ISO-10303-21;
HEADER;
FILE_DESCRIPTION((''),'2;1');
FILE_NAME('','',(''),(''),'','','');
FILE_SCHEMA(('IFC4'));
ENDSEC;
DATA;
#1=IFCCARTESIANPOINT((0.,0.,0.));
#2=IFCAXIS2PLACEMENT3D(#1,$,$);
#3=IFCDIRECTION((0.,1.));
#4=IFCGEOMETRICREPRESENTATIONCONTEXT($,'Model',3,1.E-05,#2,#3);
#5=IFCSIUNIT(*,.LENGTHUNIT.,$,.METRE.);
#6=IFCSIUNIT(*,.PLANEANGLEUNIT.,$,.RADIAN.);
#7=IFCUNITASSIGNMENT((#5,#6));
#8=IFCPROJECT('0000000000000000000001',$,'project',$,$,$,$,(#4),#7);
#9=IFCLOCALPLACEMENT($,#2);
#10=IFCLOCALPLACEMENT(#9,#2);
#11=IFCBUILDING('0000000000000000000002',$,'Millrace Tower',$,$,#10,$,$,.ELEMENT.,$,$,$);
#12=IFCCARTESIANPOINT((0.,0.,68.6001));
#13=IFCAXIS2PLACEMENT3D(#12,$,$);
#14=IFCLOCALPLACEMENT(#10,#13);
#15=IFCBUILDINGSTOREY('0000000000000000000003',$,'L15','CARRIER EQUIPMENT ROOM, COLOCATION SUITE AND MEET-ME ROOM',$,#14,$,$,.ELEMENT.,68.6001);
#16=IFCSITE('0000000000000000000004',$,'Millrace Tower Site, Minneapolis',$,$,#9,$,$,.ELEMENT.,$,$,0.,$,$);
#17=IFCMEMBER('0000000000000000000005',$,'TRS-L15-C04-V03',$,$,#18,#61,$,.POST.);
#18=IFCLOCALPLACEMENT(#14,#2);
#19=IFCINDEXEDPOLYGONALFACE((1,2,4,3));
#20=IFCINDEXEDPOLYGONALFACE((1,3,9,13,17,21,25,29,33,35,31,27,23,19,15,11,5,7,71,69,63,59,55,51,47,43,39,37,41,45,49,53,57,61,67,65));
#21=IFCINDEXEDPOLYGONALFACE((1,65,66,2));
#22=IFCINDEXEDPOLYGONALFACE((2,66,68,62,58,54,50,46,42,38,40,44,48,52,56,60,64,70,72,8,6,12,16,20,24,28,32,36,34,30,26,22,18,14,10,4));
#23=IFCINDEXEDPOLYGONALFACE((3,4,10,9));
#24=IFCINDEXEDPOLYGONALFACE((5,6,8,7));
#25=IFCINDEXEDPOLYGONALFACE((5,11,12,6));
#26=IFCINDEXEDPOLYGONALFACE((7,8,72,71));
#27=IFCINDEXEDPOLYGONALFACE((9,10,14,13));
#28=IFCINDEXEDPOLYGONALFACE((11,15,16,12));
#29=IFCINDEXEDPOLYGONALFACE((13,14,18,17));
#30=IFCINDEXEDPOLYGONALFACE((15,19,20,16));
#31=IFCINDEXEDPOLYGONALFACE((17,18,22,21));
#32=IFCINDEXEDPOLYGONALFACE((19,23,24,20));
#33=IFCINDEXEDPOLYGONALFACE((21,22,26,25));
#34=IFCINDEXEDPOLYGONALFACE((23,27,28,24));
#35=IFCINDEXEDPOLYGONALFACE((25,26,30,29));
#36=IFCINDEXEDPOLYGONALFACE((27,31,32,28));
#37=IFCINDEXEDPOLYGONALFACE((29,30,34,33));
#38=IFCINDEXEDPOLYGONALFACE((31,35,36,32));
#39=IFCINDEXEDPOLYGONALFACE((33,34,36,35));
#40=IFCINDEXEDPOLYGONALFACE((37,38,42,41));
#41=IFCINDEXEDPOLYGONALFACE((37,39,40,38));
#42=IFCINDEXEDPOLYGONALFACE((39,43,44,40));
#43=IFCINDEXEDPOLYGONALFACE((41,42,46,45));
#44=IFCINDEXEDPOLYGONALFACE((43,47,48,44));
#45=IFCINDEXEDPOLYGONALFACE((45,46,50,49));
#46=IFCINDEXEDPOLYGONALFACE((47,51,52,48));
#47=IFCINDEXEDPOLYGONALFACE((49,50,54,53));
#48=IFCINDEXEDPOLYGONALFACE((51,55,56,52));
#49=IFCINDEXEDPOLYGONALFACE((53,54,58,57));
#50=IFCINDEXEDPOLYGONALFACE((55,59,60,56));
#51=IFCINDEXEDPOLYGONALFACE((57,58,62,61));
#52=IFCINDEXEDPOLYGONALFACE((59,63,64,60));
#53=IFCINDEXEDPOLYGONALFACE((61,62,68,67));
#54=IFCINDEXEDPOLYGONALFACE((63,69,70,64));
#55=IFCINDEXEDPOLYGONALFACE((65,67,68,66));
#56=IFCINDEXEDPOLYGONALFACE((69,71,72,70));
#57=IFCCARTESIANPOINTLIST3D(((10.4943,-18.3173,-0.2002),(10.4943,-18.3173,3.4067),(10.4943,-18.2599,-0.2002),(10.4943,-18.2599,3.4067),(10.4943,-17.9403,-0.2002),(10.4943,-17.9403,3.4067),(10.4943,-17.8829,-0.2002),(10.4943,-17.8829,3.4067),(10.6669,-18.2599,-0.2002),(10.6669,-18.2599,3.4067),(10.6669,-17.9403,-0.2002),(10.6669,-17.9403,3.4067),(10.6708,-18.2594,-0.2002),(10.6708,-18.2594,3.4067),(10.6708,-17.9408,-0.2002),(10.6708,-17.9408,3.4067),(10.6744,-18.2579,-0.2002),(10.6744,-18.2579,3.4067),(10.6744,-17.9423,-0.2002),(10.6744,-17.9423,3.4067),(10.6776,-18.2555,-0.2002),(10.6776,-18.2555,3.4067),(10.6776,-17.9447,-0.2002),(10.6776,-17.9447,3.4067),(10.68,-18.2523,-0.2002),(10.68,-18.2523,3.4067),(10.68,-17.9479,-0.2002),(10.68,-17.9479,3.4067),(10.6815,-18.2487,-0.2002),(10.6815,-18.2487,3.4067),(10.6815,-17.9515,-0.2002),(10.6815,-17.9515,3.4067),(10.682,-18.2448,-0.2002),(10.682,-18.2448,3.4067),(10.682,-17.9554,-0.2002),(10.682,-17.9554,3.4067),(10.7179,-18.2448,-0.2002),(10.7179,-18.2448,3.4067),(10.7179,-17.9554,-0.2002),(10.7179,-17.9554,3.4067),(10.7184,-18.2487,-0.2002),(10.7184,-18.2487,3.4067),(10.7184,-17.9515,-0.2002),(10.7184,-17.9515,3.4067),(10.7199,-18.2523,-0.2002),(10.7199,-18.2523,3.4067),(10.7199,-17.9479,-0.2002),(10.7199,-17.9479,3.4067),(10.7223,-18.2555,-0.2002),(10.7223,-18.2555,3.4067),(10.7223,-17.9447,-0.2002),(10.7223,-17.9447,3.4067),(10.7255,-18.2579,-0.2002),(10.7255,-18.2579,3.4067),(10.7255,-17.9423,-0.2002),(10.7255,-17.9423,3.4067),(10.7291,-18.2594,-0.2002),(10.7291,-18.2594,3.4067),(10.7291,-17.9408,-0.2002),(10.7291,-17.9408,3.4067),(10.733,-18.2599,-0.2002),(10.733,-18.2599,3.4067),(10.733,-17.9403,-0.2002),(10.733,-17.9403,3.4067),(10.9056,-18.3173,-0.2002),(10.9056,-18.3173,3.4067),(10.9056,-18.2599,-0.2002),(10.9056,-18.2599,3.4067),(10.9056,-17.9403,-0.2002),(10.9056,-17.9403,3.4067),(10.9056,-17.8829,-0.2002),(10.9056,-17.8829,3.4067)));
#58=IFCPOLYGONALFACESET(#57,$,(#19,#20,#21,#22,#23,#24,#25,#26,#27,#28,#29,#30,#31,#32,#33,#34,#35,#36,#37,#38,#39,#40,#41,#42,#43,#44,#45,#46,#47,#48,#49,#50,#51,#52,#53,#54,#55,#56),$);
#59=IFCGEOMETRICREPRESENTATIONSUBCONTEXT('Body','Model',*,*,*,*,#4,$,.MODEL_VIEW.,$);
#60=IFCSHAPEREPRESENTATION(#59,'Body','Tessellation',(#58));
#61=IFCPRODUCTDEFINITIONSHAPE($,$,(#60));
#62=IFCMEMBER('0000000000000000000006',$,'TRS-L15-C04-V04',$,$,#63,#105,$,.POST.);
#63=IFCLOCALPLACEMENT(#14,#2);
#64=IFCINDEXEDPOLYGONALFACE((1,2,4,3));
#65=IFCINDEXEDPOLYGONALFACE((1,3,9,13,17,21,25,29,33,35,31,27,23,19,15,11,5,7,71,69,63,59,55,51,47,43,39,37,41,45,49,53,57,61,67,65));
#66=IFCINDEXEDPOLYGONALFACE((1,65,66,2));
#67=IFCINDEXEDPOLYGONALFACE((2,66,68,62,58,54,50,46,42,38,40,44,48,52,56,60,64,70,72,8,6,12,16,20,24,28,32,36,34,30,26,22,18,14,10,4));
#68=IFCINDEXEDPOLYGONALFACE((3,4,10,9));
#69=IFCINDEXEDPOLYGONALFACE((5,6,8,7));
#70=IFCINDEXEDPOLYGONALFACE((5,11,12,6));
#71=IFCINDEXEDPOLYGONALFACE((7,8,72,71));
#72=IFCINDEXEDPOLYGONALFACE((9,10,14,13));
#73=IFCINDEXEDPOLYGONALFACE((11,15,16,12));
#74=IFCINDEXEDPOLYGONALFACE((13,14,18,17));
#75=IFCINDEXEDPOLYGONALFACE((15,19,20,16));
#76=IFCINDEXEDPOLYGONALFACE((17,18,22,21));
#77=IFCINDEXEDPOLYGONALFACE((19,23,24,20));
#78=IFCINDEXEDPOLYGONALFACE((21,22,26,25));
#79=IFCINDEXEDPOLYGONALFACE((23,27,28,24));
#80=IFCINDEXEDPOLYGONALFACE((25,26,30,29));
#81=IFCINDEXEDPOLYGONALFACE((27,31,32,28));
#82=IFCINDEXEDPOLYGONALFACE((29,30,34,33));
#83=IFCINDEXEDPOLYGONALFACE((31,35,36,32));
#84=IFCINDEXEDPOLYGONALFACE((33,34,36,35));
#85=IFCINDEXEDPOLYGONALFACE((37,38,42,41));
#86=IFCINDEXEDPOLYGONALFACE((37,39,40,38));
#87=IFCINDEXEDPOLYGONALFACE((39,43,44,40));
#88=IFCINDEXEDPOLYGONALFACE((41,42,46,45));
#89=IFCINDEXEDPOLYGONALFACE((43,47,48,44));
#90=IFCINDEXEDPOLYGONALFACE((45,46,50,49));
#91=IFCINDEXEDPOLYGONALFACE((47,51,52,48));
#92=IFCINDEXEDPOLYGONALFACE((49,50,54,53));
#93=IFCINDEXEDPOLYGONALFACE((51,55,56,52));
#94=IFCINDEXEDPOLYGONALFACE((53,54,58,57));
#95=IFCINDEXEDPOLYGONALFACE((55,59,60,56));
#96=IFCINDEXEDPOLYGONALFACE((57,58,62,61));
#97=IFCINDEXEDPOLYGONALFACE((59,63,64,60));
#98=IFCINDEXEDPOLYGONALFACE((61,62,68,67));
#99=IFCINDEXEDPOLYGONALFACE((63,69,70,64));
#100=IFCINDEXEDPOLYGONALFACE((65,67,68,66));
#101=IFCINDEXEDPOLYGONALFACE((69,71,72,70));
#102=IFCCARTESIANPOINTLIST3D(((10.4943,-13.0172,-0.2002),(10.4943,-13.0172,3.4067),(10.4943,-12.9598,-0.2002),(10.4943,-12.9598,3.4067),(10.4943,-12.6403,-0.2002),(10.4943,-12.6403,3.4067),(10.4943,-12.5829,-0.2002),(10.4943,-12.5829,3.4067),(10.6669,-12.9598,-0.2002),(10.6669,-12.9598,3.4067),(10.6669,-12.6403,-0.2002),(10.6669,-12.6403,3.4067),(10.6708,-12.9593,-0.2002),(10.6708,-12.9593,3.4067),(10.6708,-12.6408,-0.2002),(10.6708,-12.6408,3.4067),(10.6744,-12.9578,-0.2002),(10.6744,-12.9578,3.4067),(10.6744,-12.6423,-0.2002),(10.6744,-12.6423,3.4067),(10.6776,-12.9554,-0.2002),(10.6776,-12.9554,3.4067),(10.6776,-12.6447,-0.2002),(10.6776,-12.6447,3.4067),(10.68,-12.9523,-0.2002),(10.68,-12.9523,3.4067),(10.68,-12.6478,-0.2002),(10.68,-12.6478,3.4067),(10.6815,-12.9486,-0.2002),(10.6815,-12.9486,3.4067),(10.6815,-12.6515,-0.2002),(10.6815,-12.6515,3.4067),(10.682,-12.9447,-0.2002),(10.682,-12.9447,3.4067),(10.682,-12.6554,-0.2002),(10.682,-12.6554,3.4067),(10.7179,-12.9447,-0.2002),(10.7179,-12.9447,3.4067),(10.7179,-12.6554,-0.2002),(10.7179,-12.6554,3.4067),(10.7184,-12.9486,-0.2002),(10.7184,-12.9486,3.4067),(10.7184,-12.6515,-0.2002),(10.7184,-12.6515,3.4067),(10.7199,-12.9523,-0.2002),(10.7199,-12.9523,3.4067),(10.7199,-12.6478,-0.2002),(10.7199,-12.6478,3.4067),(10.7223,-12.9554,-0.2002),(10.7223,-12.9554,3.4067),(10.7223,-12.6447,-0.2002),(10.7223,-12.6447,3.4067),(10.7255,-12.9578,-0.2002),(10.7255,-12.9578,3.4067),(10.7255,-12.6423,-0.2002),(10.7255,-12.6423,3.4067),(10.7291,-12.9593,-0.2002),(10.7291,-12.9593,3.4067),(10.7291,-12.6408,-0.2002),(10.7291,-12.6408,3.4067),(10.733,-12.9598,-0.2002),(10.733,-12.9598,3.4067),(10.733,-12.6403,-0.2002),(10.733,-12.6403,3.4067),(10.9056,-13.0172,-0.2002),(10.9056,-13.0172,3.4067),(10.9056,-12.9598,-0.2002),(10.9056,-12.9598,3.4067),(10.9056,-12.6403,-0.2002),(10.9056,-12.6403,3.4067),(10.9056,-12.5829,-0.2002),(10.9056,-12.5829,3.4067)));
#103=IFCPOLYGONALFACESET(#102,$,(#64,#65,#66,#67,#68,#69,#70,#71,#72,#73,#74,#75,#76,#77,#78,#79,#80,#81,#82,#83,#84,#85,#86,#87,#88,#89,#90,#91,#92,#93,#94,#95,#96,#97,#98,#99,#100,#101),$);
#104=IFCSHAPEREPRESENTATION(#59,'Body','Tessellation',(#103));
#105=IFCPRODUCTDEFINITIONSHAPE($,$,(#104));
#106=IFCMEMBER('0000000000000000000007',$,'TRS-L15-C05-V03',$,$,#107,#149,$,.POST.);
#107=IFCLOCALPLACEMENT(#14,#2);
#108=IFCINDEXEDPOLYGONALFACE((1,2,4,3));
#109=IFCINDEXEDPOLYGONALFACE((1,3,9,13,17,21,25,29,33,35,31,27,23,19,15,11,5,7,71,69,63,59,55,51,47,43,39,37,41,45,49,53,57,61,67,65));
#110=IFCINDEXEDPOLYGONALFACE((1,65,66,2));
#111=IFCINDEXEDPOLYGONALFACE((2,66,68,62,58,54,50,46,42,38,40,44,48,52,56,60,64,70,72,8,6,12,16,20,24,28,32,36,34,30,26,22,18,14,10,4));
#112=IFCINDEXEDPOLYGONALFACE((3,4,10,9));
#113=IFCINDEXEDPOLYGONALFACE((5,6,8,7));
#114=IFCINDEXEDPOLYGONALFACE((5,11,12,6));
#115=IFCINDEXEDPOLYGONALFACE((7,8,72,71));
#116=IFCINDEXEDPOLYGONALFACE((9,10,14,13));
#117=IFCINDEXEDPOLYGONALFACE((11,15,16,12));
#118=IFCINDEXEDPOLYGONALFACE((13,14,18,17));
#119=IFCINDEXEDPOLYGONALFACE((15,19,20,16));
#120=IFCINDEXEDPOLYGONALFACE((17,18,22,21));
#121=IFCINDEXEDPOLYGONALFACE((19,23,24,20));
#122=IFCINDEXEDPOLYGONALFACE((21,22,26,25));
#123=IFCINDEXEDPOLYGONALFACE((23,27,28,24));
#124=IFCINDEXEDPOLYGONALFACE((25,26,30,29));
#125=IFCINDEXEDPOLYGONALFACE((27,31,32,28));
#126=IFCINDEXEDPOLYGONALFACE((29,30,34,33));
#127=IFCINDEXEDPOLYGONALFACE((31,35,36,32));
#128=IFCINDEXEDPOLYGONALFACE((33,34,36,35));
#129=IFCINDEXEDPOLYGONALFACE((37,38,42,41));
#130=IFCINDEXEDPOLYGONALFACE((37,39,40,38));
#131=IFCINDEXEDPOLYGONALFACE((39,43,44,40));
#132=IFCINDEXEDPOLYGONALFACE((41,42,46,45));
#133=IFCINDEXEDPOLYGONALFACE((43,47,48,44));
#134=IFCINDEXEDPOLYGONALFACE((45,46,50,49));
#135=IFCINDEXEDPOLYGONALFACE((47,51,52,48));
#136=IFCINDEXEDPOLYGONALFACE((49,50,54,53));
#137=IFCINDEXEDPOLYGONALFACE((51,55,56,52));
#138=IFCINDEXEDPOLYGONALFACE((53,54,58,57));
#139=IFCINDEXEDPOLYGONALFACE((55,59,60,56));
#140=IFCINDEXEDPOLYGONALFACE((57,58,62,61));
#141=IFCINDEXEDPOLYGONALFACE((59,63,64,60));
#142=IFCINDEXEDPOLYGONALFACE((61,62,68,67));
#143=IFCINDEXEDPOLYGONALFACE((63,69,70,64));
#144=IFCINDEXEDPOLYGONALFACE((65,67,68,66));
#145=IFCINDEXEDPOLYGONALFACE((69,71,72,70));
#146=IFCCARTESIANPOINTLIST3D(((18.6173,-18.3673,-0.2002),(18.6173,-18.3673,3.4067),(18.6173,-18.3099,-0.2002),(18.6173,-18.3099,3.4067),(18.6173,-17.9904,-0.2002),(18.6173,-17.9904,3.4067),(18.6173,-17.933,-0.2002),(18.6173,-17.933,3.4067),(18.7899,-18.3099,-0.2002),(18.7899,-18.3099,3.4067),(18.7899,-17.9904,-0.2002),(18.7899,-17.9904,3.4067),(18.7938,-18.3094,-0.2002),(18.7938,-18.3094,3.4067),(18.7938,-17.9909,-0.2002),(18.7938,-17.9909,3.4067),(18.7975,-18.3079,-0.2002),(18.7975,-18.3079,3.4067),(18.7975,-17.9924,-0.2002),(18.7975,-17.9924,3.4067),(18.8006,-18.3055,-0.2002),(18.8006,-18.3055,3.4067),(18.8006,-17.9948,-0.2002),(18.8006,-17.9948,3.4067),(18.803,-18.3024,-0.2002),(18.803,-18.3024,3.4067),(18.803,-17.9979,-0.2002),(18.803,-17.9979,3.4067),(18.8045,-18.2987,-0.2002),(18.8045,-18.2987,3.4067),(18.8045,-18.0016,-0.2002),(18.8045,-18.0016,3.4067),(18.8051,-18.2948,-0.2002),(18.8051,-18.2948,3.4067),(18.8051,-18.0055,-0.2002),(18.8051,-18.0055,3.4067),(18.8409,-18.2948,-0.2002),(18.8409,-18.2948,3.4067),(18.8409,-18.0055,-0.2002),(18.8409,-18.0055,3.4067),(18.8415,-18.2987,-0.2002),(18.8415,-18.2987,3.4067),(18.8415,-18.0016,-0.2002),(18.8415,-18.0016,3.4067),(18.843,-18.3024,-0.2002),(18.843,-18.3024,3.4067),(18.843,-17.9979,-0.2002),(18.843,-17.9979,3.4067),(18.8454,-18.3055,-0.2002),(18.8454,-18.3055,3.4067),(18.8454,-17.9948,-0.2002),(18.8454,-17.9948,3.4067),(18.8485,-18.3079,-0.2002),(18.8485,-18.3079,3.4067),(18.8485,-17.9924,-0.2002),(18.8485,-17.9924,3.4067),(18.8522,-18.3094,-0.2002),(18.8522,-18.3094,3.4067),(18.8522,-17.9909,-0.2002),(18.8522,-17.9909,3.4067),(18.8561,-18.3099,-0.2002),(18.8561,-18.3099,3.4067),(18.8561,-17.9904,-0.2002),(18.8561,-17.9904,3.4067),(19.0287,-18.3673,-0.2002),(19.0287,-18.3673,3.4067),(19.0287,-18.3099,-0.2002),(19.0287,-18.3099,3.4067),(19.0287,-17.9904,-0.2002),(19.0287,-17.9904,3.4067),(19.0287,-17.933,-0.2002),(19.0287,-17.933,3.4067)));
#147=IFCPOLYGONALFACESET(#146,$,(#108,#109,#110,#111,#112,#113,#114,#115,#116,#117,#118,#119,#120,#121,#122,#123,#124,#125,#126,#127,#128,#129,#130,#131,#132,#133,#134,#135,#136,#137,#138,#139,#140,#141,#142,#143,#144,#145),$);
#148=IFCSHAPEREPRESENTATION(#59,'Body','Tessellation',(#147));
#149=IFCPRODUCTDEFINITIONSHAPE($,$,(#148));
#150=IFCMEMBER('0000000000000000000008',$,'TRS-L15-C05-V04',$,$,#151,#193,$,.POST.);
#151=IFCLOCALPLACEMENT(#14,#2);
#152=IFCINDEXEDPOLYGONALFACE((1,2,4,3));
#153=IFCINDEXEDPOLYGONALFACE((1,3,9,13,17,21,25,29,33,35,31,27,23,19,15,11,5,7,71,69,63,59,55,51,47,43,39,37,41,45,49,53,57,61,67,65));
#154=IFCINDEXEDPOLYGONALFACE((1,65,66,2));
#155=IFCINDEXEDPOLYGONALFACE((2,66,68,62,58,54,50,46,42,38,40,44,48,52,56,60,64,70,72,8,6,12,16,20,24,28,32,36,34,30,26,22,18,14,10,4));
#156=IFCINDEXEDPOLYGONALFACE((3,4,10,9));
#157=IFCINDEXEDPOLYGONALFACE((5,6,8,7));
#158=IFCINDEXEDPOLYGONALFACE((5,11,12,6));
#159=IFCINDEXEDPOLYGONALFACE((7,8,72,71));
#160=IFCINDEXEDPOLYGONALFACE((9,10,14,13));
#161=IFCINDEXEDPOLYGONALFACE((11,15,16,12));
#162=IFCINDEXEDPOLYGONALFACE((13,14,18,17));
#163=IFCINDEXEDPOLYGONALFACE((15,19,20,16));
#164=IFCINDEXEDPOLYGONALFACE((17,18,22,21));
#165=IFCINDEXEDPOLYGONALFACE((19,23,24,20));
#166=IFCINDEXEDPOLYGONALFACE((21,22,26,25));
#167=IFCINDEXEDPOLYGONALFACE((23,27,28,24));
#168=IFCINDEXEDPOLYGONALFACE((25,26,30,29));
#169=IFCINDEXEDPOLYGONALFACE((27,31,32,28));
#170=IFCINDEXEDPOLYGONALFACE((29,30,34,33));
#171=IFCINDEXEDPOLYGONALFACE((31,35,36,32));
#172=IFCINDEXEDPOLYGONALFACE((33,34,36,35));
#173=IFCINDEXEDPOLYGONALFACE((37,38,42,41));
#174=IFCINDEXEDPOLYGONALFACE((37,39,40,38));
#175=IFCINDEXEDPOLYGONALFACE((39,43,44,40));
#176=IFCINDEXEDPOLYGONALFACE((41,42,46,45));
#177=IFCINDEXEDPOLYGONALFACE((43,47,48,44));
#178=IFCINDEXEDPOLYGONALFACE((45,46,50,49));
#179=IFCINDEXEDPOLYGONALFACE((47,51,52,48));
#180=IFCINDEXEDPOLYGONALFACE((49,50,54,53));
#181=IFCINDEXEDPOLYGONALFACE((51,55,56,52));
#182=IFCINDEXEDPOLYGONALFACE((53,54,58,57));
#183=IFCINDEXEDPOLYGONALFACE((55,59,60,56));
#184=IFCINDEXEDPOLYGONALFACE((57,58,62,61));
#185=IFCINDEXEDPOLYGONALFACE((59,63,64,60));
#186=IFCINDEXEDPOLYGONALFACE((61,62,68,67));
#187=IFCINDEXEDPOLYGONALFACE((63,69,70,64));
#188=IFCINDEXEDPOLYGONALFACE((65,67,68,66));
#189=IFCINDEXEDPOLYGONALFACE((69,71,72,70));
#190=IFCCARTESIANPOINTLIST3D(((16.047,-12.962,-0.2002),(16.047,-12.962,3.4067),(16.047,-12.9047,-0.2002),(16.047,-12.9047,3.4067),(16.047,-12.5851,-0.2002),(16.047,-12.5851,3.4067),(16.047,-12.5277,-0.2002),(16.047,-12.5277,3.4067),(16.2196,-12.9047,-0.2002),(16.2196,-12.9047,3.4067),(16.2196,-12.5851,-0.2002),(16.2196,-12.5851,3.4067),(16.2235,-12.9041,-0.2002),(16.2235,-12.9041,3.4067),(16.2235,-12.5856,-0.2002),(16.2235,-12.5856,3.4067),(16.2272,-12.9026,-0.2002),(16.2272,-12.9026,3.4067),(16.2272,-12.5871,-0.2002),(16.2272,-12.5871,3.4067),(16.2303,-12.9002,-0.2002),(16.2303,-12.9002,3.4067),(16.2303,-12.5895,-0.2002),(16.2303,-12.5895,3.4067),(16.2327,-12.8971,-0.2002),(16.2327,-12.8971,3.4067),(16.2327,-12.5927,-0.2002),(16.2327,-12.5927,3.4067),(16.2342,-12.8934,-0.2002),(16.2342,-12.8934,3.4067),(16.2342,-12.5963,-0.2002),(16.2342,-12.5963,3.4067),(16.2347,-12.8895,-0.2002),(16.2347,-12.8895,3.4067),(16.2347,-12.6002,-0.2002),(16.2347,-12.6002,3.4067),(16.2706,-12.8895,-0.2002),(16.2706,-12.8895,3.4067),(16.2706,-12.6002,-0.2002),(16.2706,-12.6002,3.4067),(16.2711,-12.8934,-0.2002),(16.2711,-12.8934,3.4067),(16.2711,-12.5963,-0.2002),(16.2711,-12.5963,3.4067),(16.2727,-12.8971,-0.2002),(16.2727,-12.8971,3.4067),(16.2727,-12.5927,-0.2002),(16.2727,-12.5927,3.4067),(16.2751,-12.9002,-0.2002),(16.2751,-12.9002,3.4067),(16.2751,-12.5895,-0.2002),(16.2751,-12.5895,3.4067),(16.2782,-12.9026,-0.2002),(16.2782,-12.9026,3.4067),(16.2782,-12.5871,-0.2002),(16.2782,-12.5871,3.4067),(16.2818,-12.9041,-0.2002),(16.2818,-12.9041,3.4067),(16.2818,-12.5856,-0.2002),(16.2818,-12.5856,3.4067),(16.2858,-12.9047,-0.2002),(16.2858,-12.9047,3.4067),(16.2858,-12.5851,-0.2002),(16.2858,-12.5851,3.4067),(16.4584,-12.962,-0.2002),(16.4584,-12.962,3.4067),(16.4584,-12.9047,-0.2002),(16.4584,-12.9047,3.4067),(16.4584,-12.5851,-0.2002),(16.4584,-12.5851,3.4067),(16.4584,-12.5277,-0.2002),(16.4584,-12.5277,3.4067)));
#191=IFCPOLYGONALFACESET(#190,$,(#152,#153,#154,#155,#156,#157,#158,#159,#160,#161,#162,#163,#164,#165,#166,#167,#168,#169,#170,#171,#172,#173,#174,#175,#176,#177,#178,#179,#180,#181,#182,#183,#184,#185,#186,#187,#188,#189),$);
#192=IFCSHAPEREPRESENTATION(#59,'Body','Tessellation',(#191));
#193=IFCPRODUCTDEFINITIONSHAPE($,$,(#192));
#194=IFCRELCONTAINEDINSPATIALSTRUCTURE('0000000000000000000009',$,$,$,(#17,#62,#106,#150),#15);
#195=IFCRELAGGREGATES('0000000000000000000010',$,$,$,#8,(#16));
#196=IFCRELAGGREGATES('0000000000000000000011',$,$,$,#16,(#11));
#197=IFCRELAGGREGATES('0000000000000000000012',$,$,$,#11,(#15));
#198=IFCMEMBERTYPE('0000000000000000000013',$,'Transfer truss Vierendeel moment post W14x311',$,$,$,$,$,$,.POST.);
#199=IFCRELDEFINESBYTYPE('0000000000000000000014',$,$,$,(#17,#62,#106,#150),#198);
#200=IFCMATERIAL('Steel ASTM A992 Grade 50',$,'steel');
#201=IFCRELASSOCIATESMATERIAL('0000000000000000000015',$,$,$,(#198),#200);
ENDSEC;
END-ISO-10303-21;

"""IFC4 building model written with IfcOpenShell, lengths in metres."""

from ifc_helpers import new_model, si_unit, direction, frame, origin, origin_2d, place, context, subcontext, project, spatial, i_section, extrude, material, material_profile, profile_set, type_object, element, save


model = new_model("IFC4")

# Units and contexts
model_context = context("Model", 3, precision=1e-05, world=origin(), true_north=direction((0.0, 1.0)))
body_context = subcontext(model_context, "Body", "Model", "MODEL_VIEW")
ifc_project = project(units=[si_unit("LENGTHUNIT", "METRE"), si_unit("PLANEANGLEUNIT", "RADIAN")], contexts=[model_context])

# Site, building, storey
site_placement = place(None, origin())
site = spatial("IfcSite", under=ifc_project, at=site_placement, Name="Millrace Tower Site, Minneapolis", CompositionType="ELEMENT", RefElevation=0.0)
building_placement = place(site_placement, origin())
building = spatial("IfcBuilding", under=site, at=building_placement, Name="Millrace Tower", CompositionType="ELEMENT")
storey_placement = place(building_placement, frame((0.0, 0.0, 68.6001)))
storey = spatial("IfcBuildingStorey", under=building, at=storey_placement, Name="L15", Description="CARRIER EQUIPMENT ROOM, COLOCATION SUITE AND MEET-ME ROOM", CompositionType="ELEMENT", Elevation=68.6001)

# Members
ifc_material_1 = material(Name="Steel ASTM A992 Grade 50", Category="steel")
ifc_material_profile_1 = material_profile(ifc_material_1, i_section(OverallWidth=0.4114, OverallDepth=0.4343, WebThickness=0.0359, FlangeThickness=0.0574, FilletRadius=0.0151, at=origin_2d()))
ifc_profile_set_1 = profile_set([ifc_material_profile_1], Name="Steel ASTM A992 Grade 50")
member_type = type_object("IfcMemberType", Name="Transfer truss Vierendeel moment post W14x311", PredefinedType="POST", material=ifc_profile_set_1)
for number, where, z_axis, x_axis, name in (
    (1, (10.7, -18.1001, -0.2002), (0.0, 0.0, 1.0), (1.0, 0.0, 0.0), "TRS-L15-C04-V03"),
    (2, (10.7, -12.8, -0.2002), (0.0, 0.0, 1.0), (1.0, 0.0, 0.0), "TRS-L15-C04-V04"),
    (3, (18.823, -18.1501, -0.2002), (0.0, 0.0, 1.0), (1.0, 0.0, 0.0), "TRS-L15-C05-V03"),
    (4, (16.2527, -12.7449, -0.2002), (0.0, 0.0, 1.0), (1.0, 0.0, 0.0), "TRS-L15-C05-V04"),
):
    element("IfcMember", number, at=place(storey_placement, frame(where, z_axis=z_axis, x_axis=x_axis)), inside=storey, type_object=member_type, Name=name, PredefinedType="POST", context=body_context, shape_type="SweptSolid", body=[
        extrude(i_section(OverallWidth=0.4114, OverallDepth=0.4343, WebThickness=0.0359, FlangeThickness=0.0574, FilletRadius=0.0151, at=origin_2d()), origin(), (0.0, 0.0, 1.0), 3.6069),
    ])

save(model, "model.ifc")
